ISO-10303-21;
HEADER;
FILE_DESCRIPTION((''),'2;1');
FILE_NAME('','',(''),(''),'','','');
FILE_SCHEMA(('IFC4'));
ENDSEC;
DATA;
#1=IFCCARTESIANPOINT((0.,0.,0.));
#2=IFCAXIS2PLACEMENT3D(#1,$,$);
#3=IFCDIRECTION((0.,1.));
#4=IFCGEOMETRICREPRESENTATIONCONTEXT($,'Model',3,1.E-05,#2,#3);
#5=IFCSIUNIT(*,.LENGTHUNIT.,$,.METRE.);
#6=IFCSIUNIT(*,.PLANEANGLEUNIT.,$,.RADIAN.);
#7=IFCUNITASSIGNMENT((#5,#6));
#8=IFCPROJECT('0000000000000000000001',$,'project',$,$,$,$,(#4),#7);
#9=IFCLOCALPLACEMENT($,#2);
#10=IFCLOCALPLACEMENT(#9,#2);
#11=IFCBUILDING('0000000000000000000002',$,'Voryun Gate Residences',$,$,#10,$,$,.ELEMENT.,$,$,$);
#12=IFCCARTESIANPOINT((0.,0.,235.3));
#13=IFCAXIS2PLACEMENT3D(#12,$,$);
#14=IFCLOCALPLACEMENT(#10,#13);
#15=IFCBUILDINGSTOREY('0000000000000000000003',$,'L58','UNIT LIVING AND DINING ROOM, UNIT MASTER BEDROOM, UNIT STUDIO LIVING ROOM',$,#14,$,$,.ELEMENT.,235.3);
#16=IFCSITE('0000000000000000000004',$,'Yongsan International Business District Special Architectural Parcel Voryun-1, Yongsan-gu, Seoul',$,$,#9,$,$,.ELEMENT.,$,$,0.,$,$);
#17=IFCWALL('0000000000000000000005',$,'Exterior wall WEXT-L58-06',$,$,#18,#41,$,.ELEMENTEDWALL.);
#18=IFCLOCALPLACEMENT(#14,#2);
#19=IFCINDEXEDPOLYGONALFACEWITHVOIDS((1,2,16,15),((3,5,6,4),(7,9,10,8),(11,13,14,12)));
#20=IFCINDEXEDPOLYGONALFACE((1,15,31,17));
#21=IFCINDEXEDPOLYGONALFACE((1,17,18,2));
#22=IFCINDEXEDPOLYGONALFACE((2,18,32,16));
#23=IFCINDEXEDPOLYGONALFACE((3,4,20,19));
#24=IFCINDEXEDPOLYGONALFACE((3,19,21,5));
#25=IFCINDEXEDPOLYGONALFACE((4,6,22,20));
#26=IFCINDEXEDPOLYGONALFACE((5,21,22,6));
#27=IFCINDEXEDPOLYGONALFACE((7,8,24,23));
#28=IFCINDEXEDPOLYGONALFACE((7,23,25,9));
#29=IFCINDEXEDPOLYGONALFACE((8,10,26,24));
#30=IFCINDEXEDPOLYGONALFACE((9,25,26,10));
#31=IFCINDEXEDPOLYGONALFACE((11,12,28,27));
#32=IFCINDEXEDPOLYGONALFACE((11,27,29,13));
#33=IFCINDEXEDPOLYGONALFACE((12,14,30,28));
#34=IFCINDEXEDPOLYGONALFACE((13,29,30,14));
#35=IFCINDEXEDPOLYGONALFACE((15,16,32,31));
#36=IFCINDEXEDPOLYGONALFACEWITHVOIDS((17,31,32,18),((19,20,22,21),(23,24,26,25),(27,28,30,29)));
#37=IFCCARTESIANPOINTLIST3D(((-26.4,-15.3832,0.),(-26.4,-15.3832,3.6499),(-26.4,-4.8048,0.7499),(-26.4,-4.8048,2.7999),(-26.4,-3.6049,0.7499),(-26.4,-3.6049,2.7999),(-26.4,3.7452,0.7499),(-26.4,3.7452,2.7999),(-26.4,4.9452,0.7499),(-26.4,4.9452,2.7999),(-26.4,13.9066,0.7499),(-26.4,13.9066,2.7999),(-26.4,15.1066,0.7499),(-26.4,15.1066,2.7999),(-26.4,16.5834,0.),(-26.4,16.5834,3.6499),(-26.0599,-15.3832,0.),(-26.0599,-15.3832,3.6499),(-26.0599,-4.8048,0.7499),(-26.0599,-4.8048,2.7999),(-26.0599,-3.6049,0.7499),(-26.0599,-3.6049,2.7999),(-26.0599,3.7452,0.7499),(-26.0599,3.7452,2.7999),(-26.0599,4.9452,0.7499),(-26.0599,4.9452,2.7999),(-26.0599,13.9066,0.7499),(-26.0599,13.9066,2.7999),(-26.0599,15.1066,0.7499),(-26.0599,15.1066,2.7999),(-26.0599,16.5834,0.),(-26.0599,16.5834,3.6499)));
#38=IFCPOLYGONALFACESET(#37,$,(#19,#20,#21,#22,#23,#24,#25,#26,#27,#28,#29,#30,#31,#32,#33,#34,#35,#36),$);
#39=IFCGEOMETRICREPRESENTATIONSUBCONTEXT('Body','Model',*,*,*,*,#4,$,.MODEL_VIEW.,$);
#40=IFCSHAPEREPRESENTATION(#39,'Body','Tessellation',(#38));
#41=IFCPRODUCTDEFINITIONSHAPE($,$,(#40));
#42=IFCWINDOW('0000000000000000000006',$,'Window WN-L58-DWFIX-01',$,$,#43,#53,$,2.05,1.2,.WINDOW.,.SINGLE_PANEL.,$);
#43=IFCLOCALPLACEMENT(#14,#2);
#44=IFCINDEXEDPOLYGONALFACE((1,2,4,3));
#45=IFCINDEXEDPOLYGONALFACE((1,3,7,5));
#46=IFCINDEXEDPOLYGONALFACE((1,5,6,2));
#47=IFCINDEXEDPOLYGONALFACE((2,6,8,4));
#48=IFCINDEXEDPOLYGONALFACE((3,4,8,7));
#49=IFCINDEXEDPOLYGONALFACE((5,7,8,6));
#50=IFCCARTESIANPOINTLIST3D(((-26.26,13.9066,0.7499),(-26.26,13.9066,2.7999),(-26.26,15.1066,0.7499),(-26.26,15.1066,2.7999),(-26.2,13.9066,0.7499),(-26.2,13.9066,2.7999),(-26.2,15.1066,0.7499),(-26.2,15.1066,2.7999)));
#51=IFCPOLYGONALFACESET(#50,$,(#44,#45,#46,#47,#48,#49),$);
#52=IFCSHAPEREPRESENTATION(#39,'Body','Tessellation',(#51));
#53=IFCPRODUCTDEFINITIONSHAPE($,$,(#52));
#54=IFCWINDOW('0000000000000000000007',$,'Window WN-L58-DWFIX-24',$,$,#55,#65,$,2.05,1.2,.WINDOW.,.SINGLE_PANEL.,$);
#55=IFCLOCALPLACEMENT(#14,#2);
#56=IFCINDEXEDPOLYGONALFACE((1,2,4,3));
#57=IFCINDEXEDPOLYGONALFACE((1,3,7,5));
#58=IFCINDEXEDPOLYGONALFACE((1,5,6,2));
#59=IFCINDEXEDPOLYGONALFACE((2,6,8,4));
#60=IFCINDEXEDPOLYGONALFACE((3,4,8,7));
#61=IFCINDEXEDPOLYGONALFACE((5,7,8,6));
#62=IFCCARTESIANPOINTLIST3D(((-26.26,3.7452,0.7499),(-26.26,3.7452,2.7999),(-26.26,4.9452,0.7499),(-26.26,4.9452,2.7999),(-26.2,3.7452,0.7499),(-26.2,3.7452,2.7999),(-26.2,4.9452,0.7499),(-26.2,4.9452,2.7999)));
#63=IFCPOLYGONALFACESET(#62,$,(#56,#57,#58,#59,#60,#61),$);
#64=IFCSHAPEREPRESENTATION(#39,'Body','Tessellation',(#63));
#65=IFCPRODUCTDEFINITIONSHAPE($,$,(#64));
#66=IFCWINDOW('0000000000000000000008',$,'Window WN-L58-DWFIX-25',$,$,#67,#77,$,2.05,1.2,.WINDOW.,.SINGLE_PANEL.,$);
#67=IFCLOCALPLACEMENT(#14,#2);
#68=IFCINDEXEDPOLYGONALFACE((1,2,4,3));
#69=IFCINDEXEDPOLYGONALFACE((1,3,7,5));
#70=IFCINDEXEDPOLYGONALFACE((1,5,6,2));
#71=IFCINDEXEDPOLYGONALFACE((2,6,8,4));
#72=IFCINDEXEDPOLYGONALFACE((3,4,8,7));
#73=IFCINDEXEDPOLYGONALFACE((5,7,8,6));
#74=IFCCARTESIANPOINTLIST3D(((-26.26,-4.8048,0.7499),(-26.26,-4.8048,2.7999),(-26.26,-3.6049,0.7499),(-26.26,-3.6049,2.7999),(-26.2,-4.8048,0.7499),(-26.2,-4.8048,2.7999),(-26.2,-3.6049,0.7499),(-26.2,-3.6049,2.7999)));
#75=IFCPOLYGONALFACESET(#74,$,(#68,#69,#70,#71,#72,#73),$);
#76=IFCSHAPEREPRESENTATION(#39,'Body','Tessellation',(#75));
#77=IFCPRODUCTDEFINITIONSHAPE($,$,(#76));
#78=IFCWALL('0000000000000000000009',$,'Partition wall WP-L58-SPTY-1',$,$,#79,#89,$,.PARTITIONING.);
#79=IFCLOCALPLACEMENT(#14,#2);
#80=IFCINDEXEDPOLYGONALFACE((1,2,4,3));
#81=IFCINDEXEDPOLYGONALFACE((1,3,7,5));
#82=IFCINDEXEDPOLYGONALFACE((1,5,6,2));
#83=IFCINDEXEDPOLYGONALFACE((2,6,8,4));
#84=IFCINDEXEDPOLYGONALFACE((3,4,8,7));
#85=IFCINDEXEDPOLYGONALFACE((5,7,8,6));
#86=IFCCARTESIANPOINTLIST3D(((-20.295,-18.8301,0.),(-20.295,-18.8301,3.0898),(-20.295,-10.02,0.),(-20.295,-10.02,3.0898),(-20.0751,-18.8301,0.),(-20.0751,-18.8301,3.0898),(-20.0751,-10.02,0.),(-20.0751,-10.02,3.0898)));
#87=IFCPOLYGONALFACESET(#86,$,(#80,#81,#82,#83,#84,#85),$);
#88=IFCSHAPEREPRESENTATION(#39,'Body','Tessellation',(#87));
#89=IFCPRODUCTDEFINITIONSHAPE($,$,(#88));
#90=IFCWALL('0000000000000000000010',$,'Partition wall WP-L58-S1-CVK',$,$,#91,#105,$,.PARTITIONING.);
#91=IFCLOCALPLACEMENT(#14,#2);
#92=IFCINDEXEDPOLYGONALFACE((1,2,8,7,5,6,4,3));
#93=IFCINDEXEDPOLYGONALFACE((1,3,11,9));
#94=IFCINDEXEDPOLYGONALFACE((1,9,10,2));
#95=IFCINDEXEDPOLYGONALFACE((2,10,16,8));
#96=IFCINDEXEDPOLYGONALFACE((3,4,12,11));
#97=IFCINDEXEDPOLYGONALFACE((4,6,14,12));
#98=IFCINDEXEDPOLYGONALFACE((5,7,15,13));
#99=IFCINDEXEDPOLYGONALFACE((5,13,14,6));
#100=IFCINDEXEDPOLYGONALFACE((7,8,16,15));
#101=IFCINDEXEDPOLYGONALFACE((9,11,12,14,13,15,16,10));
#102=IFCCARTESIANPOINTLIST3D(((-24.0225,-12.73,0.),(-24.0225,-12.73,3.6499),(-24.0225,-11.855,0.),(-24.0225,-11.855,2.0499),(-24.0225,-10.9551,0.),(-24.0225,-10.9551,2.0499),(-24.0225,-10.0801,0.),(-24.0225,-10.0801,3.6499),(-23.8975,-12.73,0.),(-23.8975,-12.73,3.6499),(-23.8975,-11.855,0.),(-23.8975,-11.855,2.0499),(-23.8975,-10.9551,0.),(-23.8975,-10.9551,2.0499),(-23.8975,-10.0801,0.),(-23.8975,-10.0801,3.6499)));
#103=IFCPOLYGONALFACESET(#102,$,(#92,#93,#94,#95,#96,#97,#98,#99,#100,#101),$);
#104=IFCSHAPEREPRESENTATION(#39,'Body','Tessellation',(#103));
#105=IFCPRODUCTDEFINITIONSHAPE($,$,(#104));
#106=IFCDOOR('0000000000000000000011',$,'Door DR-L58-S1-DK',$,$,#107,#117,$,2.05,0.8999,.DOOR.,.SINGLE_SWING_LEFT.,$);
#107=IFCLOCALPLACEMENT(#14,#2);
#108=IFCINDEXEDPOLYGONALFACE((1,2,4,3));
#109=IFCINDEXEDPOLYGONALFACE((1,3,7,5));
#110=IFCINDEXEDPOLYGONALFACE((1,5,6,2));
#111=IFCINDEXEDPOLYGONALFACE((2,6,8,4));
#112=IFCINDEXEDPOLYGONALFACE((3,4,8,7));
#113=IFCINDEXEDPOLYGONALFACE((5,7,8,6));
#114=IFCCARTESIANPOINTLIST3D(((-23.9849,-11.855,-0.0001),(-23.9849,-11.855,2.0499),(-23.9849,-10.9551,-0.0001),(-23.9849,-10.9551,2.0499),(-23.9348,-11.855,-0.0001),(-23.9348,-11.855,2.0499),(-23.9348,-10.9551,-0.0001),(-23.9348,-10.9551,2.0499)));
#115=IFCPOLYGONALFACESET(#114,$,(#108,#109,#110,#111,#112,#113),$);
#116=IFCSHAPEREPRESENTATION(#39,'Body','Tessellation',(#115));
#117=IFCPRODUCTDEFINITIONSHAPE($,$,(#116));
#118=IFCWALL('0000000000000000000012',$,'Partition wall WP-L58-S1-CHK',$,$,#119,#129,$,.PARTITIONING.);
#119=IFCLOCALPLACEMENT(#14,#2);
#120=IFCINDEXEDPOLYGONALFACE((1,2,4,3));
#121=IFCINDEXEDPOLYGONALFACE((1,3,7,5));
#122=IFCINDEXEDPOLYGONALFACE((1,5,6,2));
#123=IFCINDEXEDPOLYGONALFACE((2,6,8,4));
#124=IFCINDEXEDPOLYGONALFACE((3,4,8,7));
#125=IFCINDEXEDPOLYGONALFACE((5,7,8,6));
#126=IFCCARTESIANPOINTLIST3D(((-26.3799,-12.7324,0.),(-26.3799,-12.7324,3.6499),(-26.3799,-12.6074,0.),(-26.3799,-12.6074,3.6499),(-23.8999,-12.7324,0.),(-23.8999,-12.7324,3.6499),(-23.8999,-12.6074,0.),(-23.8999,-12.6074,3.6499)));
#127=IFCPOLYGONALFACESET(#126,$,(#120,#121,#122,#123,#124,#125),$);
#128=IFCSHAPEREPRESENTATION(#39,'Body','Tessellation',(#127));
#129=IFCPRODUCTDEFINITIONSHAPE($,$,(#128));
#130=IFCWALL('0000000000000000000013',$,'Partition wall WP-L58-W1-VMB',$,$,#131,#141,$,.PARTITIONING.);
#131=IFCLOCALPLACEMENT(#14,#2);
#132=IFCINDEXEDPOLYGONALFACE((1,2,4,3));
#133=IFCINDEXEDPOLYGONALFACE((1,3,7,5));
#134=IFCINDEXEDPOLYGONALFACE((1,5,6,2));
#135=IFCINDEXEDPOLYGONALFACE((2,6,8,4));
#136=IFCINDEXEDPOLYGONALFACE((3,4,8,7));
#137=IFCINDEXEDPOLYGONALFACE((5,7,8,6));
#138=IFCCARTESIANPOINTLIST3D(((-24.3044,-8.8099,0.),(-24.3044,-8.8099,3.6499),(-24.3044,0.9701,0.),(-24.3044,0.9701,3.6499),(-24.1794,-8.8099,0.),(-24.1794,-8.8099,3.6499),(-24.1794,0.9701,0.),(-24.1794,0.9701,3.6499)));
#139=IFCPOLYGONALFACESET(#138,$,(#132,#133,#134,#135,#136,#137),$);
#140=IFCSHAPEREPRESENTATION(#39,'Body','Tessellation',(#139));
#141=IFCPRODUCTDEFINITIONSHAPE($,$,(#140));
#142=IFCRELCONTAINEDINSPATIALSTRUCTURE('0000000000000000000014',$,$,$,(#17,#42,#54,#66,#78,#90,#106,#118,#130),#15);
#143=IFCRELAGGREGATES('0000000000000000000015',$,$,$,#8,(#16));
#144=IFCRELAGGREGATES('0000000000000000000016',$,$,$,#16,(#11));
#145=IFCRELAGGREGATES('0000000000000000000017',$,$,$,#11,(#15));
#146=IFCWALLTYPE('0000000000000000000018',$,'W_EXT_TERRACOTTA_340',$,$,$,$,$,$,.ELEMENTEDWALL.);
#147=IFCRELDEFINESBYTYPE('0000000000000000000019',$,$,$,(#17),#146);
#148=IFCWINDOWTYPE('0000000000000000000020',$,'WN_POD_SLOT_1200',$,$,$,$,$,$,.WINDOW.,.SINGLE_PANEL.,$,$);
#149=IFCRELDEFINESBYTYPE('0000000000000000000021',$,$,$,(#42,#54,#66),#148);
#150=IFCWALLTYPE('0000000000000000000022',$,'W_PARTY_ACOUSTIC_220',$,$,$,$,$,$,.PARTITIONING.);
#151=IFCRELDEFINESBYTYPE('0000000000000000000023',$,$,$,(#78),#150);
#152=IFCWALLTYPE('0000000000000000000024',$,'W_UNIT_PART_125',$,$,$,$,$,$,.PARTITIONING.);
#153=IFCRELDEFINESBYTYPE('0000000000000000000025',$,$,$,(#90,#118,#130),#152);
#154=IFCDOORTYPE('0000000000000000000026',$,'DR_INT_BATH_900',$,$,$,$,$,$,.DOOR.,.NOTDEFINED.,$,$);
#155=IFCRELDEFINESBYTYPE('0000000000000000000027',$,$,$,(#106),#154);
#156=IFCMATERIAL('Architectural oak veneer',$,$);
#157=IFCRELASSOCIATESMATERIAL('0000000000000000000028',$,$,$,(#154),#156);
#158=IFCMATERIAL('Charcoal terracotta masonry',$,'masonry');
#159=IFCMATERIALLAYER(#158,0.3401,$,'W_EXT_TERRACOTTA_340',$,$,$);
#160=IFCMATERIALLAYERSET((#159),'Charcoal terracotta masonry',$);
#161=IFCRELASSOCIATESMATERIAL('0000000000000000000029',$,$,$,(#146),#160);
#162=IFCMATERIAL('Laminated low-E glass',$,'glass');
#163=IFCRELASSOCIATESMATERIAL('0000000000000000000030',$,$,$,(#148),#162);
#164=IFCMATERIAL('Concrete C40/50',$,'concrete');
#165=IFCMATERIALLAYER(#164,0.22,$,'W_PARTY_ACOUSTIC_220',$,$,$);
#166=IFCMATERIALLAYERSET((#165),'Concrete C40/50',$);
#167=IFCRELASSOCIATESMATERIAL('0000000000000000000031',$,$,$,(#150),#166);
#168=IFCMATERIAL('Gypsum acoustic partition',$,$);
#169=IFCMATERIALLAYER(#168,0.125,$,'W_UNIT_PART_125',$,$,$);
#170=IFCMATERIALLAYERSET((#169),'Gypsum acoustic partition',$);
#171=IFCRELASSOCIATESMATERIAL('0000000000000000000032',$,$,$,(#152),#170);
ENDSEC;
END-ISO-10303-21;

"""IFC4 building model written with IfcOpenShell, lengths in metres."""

from ifc_helpers import new_model, si_unit, direction, frame, frame_2d, origin, place, context, subcontext, project, spatial, rectangle, extrude, material, layer, layer_set, type_object, element, fill, save


model = new_model("IFC4")

# Units and contexts
model_context = context("Model", 3, precision=1e-05, world=origin(), true_north=direction((0.0, 1.0)))
body_context = subcontext(model_context, "Body", "Model", "MODEL_VIEW")
ifc_project = project(units=[si_unit("LENGTHUNIT", "METRE"), si_unit("PLANEANGLEUNIT", "RADIAN")], contexts=[model_context])

# Site, building, storey
site_placement = place(None, origin())
site = spatial("IfcSite", under=ifc_project, at=site_placement, Name="Yongsan International Business District Special Architectural Parcel Voryun-1, Yongsan-gu, Seoul", CompositionType="ELEMENT", RefElevation=0.0)
building_placement = place(site_placement, origin())
building = spatial("IfcBuilding", under=site, at=building_placement, Name="Voryun Gate Residences", CompositionType="ELEMENT")
storey_placement = place(building_placement, frame((0.0, 0.0, 235.3)))
storey = spatial("IfcBuildingStorey", under=building, at=storey_placement, Name="L58", Description="UNIT LIVING AND DINING ROOM, UNIT MASTER BEDROOM, UNIT STUDIO LIVING ROOM", CompositionType="ELEMENT", Elevation=235.3)

# Shared definitions
ifc_material_1 = material(Name="Architectural oak veneer")
door_type_1 = type_object("IfcDoorType", Name="DR_INT_BATH_900", OperationType="NOTDEFINED", PredefinedType="DOOR", material=ifc_material_1)

# Shared definitions
ifc_material_2 = material(Name="Charcoal terracotta masonry", Category="masonry")
ifc_layer_1 = layer(ifc_material_2, 0.3401, Name="W_EXT_TERRACOTTA_340")
ifc_layer_set_1 = layer_set([ifc_layer_1], Name="Charcoal terracotta masonry")
wall_type_1 = type_object("IfcWallType", Name="W_EXT_TERRACOTTA_340", PredefinedType="ELEMENTEDWALL", material=ifc_layer_set_1)

# Wall, openings, windows
wall_1_placement = place(storey_placement, frame((-26.23, -15.3833, 0.0), z_axis=(0.0, 0.0, 1.0), x_axis=(0.0, 1.0, 0.0)))
wall_1 = element("IfcWall", 1, at=wall_1_placement, inside=storey, type_object=wall_type_1, Name="Exterior wall WEXT-L58-06", PredefinedType="ELEMENTEDWALL", context=body_context, shape_type="SweptSolid", body=[
    extrude(rectangle(XDim=31.9666, YDim=0.3401, at=frame_2d((15.9834, 0.0))), origin(), (0.0, 0.0, 1.0), 3.6499),
])
opening_1_placement = place(wall_1_placement, frame((29.2898, 0.0, 0.75)))
opening_1 = element("IfcOpeningElement", 2, at=opening_1_placement, cuts=wall_1, PredefinedType="OPENING", context=body_context, shape_type="SweptSolid", body=[
    extrude(rectangle(XDim=1.2, YDim=2.05, at=frame_2d((0.6001, 1.0249))), frame((0.0, 0.1799, 0.0), z_axis=(0.0, -1.0, 0.0), x_axis=(1.0, 0.0, 0.0)), (0.0, 0.0, 1.0), 0.3601),
])
opening_2_placement = place(wall_1_placement, frame((19.1284, 0.0, 0.75)))
opening_2 = element("IfcOpeningElement", 3, at=opening_2_placement, cuts=wall_1, PredefinedType="OPENING", context=body_context, shape_type="SweptSolid", body=[
    extrude(rectangle(XDim=1.2, YDim=2.05, at=frame_2d((0.6001, 1.0249))), frame((0.0, 0.1799, 0.0), z_axis=(0.0, -1.0, 0.0), x_axis=(1.0, 0.0, 0.0)), (0.0, 0.0, 1.0), 0.3601),
])
opening_3_placement = place(wall_1_placement, frame((10.5784, 0.0, 0.75)))
opening_3 = element("IfcOpeningElement", 4, at=opening_3_placement, cuts=wall_1, PredefinedType="OPENING", context=body_context, shape_type="SweptSolid", body=[
    extrude(rectangle(XDim=1.2, YDim=2.05, at=frame_2d((0.6001, 1.0249))), frame((0.0, 0.1799, 0.0), z_axis=(0.0, -1.0, 0.0), x_axis=(1.0, 0.0, 0.0)), (0.0, 0.0, 1.0), 0.3601),
])
ifc_material_3 = material(Name="Laminated low-E glass", Category="glass")
window_type = type_object("IfcWindowType", Name="WN_POD_SLOT_1200", PartitioningType="SINGLE_PANEL", PredefinedType="WINDOW", material=ifc_material_3)
window_1_placement = place(opening_1_placement, origin())
window_1 = element("IfcWindow", 5, at=window_1_placement, inside=storey, type_object=window_type, Name="Window WN-L58-DWFIX-01", OverallHeight=2.05, OverallWidth=1.2, PartitioningType="SINGLE_PANEL", PredefinedType="WINDOW", context=body_context, shape_type="SweptSolid", body=[
    extrude(rectangle(XDim=1.2, YDim=2.05, at=frame_2d((0.6001, 1.0249))), frame((0.0, 0.03, 0.0), z_axis=(0.0, -1.0, 0.0), x_axis=(1.0, 0.0, 0.0)), (0.0, 0.0, 1.0), 0.0601),
])
fill(opening_1, window_1)
window_2_placement = place(opening_2_placement, origin())
window_2 = element("IfcWindow", 6, at=window_2_placement, inside=storey, type_object=window_type, Name="Window WN-L58-DWFIX-24", OverallHeight=2.05, OverallWidth=1.2, PartitioningType="SINGLE_PANEL", PredefinedType="WINDOW", context=body_context, shape_type="SweptSolid", body=[
    extrude(rectangle(XDim=1.2, YDim=2.05, at=frame_2d((0.6001, 1.0249))), frame((0.0, 0.03, 0.0), z_axis=(0.0, -1.0, 0.0), x_axis=(1.0, 0.0, 0.0)), (0.0, 0.0, 1.0), 0.0601),
])
fill(opening_2, window_2)
window_3_placement = place(opening_3_placement, origin())
window_3 = element("IfcWindow", 7, at=window_3_placement, inside=storey, type_object=window_type, Name="Window WN-L58-DWFIX-25", OverallHeight=2.05, OverallWidth=1.2, PartitioningType="SINGLE_PANEL", PredefinedType="WINDOW", context=body_context, shape_type="SweptSolid", body=[
    extrude(rectangle(XDim=1.2, YDim=2.05, at=frame_2d((0.6001, 1.0249))), frame((0.0, 0.03, 0.0), z_axis=(0.0, -1.0, 0.0), x_axis=(1.0, 0.0, 0.0)), (0.0, 0.0, 1.0), 0.0601),
])
fill(opening_3, window_3)

# Wall
ifc_material_4 = material(Name="Concrete C40/50", Category="concrete")
ifc_layer_2 = layer(ifc_material_4, 0.22, Name="W_PARTY_ACOUSTIC_220")
ifc_layer_set_2 = layer_set([ifc_layer_2], Name="Concrete C40/50")
wall_type_2 = type_object("IfcWallType", Name="W_PARTY_ACOUSTIC_220", PredefinedType="PARTITIONING", material=ifc_layer_set_2)
wall_2_placement = place(storey_placement, frame((-20.1851, -18.8301, 0.0), z_axis=(0.0, 0.0, 1.0), x_axis=(0.0, 1.0, 0.0)))
element("IfcWall", 8, at=wall_2_placement, inside=storey, type_object=wall_type_2, Name="Partition wall WP-L58-SPTY-1", PredefinedType="PARTITIONING", context=body_context, shape_type="SweptSolid", body=[
    extrude(rectangle(XDim=8.8101, YDim=0.22, at=frame_2d((4.405, 0.0))), origin(), (0.0, 0.0, 1.0), 3.0898),
])

# Wall, opening, door
ifc_material_5 = material(Name="Gypsum acoustic partition")
ifc_layer_3 = layer(ifc_material_5, 0.125, Name="W_UNIT_PART_125")
ifc_layer_set_3 = layer_set([ifc_layer_3], Name="Gypsum acoustic partition")
wall_type_3 = type_object("IfcWallType", Name="W_UNIT_PART_125", PredefinedType="PARTITIONING", material=ifc_layer_set_3)
wall_3_placement = place(storey_placement, frame((-23.96, -12.73, 0.0), z_axis=(0.0, 0.0, 1.0), x_axis=(0.0, 1.0, 0.0)))
wall_3 = element("IfcWall", 9, at=wall_3_placement, inside=storey, type_object=wall_type_3, Name="Partition wall WP-L58-S1-CVK", PredefinedType="PARTITIONING", context=body_context, shape_type="SweptSolid", body=[
    extrude(rectangle(XDim=2.6499, YDim=0.125, at=frame_2d((1.325, 0.0))), origin(), (0.0, 0.0, 1.0), 3.6499),
])
opening_4_placement = place(wall_3_placement, frame((0.875, 0.0, 0.0)))
opening_4 = element("IfcOpeningElement", 10, at=opening_4_placement, cuts=wall_3, PredefinedType="OPENING", context=body_context, shape_type="SweptSolid", body=[
    extrude(rectangle(XDim=0.8999, YDim=2.05, at=frame_2d((0.45, 1.0249))), frame((0.0, 0.0725, 0.0), z_axis=(0.0, -1.0, 0.0), x_axis=(1.0, 0.0, 0.0)), (0.0, 0.0, 1.0), 0.145),
])
door_1_placement = place(opening_4_placement, origin())
door_1 = element("IfcDoor", 11, at=door_1_placement, inside=storey, type_object=door_type_1, Name="Door DR-L58-S1-DK", OperationType="SINGLE_SWING_LEFT", OverallHeight=2.05, OverallWidth=0.8999, PredefinedType="DOOR", context=body_context, shape_type="SweptSolid", body=[
    extrude(rectangle(XDim=0.8999, YDim=2.05, at=frame_2d((0.45, 1.0249))), frame((0.0, 0.0249, 0.0), z_axis=(0.0, -1.0, 0.0), x_axis=(1.0, 0.0, 0.0)), (0.0, 0.0, 1.0), 0.05),
])
fill(opening_4, door_1)

# Walls
wall_4_placement = place(storey_placement, frame((-26.3799, -12.6699, 0.0), z_axis=(0.0, 0.0, 1.0), x_axis=(1.0, 0.0, 0.0)))
element("IfcWall", 12, at=wall_4_placement, inside=storey, type_object=wall_type_3, Name="Partition wall WP-L58-S1-CHK", PredefinedType="PARTITIONING", context=body_context, shape_type="SweptSolid", body=[
    extrude(rectangle(XDim=2.48, YDim=0.125, at=frame_2d((1.24, 0.0))), origin(), (0.0, 0.0, 1.0), 3.6499),
])
wall_5_placement = place(storey_placement, frame((-24.2419, -8.8101, 0.0), z_axis=(0.0, 0.0, 1.0), x_axis=(0.0, 1.0, 0.0)))
element("IfcWall", 13, at=wall_5_placement, inside=storey, type_object=wall_type_3, Name="Partition wall WP-L58-W1-VMB", PredefinedType="PARTITIONING", context=body_context, shape_type="SweptSolid", body=[
    extrude(rectangle(XDim=9.78, YDim=0.125, at=frame_2d((4.8901, 0.0))), origin(), (0.0, 0.0, 1.0), 3.6499),
])

save(model, "model.ifc")
